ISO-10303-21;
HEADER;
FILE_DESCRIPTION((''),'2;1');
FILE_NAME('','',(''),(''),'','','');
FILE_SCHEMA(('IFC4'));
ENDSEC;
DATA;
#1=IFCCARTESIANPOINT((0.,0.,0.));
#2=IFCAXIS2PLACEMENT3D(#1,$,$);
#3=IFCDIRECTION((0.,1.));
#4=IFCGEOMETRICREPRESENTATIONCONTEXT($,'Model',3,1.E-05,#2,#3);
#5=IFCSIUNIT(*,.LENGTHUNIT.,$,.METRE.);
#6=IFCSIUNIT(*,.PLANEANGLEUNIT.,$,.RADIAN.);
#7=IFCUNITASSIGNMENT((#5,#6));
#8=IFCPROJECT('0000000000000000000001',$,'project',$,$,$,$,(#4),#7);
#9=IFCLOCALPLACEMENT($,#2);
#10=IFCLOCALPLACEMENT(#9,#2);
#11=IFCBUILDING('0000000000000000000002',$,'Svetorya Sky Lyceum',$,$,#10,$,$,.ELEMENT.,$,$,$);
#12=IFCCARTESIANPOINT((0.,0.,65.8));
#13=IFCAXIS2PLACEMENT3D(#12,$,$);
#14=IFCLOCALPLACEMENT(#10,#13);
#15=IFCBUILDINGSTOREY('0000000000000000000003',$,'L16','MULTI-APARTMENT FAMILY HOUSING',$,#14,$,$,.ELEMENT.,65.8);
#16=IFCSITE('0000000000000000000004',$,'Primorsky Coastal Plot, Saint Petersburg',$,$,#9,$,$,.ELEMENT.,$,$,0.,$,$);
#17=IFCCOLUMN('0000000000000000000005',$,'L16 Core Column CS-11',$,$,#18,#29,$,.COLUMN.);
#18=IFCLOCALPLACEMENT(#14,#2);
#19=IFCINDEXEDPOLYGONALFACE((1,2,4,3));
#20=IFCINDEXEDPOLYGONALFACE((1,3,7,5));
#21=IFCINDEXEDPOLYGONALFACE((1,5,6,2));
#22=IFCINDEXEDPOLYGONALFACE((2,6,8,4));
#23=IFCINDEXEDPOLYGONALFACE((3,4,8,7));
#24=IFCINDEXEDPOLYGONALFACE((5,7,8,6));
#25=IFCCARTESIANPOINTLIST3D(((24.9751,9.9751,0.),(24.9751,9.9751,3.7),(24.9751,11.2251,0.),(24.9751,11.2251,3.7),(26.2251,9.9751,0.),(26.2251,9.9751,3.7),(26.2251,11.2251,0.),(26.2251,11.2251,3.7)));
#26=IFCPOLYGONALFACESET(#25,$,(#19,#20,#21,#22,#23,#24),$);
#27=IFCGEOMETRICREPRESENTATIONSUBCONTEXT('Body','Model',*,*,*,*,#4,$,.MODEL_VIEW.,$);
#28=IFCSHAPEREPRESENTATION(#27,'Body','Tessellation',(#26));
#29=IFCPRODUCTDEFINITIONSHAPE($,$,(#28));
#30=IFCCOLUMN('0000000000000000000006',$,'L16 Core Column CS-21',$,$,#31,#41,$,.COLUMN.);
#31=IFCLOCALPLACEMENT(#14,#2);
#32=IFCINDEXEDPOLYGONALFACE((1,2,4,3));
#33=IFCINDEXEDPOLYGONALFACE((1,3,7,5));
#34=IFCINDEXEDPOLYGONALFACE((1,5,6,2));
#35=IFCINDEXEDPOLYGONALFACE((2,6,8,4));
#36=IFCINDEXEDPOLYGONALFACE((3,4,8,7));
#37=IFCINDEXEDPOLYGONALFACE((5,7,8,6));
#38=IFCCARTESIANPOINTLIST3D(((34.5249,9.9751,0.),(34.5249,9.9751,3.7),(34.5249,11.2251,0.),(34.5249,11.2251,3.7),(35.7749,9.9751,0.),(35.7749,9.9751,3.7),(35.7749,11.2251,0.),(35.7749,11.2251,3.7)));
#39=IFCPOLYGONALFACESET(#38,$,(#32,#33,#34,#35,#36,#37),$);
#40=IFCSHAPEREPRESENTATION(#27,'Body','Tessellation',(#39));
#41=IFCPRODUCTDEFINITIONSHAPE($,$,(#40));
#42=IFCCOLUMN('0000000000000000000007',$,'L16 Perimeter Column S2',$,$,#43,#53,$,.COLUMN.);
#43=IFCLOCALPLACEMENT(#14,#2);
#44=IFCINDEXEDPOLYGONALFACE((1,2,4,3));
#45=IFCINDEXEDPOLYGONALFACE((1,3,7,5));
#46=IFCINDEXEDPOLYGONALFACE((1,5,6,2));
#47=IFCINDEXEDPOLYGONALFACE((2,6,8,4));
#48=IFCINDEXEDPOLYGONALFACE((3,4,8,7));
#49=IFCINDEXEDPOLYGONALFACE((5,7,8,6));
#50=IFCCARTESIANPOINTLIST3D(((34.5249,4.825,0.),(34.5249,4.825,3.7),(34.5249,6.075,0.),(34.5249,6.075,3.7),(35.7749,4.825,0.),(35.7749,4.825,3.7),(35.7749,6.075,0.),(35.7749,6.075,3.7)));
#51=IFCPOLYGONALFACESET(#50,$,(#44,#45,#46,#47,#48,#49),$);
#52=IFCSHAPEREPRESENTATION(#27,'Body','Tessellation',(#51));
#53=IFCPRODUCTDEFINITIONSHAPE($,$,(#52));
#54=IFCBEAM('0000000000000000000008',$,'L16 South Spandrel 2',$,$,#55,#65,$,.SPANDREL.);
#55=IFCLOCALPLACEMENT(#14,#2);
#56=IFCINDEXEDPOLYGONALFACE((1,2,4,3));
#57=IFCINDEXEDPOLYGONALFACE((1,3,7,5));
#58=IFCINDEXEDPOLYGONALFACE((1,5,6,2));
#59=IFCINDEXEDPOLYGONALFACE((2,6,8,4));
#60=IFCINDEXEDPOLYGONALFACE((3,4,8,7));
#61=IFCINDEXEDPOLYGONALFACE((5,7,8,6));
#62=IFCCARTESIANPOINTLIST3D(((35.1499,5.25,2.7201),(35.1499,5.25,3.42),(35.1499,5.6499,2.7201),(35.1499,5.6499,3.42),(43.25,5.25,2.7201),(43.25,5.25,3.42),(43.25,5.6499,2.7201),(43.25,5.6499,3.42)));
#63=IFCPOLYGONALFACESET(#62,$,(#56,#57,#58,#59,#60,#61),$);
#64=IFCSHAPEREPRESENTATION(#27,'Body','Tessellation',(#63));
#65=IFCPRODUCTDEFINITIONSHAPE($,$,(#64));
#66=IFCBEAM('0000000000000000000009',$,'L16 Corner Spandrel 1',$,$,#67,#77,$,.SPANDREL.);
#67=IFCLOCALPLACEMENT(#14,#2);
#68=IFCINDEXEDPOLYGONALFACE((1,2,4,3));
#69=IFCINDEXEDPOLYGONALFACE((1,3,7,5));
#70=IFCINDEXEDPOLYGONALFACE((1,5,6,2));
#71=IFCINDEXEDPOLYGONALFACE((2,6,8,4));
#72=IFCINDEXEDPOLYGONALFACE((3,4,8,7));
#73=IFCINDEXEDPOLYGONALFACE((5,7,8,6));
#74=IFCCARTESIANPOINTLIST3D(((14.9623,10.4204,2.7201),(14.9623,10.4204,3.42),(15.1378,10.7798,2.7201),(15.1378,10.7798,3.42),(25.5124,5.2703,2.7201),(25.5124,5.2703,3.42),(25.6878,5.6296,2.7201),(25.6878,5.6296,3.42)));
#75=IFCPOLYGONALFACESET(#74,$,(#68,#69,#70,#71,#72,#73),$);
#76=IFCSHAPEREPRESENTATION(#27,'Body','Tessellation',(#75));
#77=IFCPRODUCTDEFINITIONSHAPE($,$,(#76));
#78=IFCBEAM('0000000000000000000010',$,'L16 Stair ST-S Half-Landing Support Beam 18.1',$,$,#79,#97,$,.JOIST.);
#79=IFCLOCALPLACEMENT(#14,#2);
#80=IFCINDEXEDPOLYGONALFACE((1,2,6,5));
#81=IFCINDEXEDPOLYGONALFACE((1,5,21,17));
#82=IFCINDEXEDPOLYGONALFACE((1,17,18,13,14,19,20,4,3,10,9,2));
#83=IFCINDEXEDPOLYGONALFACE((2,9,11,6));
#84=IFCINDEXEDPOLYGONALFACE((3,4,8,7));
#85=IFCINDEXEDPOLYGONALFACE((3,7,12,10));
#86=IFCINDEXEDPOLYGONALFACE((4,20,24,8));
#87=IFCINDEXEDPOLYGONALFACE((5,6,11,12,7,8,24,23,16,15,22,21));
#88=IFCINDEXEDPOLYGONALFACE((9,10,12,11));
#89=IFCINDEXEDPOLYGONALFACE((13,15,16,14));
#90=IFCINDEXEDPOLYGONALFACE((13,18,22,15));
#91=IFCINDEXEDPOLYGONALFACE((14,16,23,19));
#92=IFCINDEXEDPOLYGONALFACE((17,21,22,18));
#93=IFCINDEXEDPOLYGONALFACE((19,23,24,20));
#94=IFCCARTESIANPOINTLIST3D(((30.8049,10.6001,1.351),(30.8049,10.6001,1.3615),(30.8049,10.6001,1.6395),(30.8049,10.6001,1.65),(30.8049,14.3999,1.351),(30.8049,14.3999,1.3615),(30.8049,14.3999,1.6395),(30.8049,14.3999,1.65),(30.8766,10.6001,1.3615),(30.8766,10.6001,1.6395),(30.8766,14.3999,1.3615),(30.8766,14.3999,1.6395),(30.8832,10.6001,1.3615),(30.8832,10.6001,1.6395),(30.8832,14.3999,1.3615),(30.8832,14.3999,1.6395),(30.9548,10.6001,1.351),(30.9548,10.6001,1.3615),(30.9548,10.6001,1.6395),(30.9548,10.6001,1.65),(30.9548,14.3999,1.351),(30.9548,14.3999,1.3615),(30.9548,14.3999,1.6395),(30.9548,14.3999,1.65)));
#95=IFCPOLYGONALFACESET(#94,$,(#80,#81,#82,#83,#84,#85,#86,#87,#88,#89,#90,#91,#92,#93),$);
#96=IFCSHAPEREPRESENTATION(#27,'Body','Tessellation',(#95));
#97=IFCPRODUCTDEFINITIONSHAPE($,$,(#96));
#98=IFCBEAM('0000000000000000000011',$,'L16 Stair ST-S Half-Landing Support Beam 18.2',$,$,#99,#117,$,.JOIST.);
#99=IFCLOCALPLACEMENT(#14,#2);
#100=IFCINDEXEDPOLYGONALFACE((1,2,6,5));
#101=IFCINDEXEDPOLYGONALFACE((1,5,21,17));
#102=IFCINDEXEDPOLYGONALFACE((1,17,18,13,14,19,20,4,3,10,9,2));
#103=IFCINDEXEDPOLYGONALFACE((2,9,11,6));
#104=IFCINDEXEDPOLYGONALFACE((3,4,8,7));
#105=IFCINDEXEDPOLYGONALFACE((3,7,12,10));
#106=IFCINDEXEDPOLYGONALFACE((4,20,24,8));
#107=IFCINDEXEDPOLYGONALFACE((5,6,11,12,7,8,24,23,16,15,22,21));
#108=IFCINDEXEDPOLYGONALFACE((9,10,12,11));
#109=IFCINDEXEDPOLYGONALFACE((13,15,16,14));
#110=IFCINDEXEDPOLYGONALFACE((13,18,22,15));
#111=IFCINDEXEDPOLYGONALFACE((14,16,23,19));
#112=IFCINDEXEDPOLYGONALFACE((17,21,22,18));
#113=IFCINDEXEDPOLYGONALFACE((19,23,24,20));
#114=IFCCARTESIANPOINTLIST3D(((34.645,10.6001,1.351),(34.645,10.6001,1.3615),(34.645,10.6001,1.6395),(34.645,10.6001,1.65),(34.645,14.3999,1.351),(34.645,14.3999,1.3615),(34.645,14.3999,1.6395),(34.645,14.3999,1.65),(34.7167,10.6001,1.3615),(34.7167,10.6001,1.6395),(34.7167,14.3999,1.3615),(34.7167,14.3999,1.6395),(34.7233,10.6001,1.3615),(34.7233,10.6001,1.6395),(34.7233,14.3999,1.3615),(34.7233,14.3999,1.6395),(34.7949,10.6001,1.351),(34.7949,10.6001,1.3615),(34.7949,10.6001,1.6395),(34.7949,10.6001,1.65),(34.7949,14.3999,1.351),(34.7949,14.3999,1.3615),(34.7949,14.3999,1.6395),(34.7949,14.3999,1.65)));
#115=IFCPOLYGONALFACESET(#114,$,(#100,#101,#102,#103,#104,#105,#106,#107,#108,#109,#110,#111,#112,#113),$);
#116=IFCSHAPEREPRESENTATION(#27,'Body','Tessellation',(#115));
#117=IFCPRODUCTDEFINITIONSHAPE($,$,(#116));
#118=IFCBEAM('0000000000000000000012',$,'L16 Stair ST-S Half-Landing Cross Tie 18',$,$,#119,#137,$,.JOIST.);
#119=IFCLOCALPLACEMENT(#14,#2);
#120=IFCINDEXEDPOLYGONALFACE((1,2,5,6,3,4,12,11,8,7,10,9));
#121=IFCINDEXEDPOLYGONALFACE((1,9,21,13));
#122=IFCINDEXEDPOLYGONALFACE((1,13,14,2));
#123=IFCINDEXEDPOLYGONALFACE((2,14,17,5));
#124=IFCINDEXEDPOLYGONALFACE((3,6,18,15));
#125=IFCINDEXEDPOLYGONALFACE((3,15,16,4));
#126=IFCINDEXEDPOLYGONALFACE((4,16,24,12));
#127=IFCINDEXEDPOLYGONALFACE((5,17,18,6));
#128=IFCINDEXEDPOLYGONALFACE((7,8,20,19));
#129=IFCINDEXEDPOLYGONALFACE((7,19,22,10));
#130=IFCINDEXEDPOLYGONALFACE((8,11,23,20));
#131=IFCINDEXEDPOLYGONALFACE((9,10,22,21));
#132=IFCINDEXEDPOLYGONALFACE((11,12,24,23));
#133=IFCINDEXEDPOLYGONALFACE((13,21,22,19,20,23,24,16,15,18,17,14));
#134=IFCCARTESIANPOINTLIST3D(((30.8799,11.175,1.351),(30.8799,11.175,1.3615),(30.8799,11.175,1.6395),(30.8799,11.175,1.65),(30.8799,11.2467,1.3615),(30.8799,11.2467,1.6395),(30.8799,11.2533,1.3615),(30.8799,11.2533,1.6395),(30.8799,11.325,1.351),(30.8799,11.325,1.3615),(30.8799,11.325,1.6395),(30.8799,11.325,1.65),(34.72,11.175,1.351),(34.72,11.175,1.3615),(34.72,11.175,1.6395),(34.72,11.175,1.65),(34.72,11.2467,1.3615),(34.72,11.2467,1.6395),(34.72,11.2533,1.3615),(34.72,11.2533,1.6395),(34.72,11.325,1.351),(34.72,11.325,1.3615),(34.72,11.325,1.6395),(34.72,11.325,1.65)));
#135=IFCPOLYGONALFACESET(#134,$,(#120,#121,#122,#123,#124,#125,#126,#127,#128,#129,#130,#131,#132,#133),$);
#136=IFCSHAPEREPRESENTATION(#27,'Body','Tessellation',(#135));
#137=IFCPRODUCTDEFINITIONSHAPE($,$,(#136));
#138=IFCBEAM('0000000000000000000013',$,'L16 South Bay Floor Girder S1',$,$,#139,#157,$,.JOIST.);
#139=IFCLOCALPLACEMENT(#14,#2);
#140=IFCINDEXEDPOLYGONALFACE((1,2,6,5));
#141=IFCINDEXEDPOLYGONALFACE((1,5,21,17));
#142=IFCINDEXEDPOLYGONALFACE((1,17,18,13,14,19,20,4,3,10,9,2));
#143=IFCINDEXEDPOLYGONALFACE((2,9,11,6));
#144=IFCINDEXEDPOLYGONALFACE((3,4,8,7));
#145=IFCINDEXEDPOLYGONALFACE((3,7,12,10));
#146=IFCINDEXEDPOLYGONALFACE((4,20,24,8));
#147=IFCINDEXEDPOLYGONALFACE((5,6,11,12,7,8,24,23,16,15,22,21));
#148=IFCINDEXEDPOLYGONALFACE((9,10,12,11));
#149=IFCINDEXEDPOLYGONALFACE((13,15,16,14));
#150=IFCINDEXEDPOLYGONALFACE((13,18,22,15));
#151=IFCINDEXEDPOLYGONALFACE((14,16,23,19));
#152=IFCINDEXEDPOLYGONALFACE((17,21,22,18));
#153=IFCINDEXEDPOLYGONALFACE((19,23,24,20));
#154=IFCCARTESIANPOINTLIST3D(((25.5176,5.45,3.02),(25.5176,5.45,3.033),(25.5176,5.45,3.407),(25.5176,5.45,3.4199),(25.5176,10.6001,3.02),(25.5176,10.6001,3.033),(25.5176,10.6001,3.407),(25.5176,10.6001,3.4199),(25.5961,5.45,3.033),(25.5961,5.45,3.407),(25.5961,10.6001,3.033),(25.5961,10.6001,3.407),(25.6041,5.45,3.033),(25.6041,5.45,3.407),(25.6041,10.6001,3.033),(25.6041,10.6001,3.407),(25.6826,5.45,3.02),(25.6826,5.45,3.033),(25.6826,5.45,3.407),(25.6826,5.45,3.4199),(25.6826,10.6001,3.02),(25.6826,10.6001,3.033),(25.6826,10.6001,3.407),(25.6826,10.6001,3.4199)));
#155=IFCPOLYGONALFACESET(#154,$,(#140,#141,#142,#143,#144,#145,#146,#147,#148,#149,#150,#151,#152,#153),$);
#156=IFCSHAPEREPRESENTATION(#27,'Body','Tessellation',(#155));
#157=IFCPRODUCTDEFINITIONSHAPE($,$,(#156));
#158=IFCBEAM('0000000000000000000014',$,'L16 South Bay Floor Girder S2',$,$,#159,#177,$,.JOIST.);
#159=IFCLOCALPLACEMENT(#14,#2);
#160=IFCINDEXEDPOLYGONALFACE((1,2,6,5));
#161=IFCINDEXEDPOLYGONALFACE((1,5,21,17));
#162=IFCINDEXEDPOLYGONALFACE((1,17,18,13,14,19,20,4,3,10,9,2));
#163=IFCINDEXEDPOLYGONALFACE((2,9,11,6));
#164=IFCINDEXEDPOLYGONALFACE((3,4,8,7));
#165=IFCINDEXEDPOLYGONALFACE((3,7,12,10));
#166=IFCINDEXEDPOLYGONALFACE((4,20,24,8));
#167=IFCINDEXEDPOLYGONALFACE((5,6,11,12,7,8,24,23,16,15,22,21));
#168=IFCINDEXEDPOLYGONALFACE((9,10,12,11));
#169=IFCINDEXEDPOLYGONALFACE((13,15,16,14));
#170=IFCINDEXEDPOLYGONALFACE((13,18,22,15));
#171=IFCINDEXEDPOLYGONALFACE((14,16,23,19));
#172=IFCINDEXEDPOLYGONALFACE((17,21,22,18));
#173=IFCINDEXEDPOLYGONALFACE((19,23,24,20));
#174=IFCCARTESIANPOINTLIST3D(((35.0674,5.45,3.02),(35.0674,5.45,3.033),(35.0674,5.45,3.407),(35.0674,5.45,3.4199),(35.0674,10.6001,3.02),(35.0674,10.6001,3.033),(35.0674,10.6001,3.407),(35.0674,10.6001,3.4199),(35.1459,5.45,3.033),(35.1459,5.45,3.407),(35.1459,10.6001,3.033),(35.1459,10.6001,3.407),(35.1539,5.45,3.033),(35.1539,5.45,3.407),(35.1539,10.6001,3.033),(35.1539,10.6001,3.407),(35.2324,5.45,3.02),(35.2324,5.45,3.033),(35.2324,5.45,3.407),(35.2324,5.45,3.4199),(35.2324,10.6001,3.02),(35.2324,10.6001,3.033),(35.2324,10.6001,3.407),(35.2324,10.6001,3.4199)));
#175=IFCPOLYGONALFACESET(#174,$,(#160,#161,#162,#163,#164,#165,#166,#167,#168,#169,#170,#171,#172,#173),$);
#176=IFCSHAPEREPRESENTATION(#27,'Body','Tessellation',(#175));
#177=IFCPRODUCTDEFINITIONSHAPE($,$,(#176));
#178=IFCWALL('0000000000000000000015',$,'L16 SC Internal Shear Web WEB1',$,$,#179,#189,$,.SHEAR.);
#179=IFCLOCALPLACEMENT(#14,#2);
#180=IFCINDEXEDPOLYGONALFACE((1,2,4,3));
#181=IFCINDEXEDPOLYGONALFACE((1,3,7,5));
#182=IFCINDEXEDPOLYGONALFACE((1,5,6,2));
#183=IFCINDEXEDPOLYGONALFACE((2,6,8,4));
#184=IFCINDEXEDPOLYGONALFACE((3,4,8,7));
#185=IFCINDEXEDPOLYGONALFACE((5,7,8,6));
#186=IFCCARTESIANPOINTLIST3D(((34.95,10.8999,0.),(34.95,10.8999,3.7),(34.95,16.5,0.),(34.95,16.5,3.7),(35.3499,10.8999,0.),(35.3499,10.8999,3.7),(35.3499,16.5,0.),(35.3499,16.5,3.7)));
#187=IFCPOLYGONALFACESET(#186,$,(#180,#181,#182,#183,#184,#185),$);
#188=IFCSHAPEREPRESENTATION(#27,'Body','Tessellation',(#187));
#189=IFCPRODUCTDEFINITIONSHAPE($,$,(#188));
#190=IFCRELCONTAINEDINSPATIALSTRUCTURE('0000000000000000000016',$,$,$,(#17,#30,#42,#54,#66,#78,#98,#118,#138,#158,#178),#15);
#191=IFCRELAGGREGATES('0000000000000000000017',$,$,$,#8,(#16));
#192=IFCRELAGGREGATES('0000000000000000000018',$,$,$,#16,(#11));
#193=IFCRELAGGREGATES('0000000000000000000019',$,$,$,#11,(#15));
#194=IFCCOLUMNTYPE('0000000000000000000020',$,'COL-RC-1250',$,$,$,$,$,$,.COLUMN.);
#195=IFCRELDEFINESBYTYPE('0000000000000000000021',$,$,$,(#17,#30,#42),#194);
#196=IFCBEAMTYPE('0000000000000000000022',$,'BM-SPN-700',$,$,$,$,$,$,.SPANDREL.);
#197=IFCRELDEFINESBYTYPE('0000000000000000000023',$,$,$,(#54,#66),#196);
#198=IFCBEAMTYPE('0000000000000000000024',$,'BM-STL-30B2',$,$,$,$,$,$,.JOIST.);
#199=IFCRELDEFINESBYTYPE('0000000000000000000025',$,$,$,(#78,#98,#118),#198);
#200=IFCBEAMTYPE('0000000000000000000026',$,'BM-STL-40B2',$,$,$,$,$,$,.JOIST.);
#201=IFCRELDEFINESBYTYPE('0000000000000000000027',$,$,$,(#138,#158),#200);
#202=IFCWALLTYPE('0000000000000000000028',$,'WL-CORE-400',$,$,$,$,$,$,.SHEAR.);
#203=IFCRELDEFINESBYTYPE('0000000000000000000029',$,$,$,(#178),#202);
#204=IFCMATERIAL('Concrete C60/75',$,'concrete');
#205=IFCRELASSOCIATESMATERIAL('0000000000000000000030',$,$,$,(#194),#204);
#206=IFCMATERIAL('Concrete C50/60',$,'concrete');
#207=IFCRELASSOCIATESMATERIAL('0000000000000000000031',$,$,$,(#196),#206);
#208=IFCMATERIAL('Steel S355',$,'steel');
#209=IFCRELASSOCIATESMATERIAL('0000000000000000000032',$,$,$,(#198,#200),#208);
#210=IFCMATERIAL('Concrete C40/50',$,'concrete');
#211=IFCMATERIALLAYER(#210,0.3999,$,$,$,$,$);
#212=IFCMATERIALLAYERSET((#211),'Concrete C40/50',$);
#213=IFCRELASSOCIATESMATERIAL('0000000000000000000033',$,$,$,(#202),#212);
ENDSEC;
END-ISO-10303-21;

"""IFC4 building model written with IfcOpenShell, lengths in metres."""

from ifc_helpers import new_model, si_unit, direction, frame, frame_2d, origin, origin_2d, place, context, subcontext, project, spatial, rectangle, i_section, extrude, material, layer, layer_set, material_profile, profile_set, type_object, element, save


model = new_model("IFC4")

# Units and contexts
model_context = context("Model", 3, precision=1e-05, world=origin(), true_north=direction((0.0, 1.0)))
body_context = subcontext(model_context, "Body", "Model", "MODEL_VIEW")
ifc_project = project(units=[si_unit("LENGTHUNIT", "METRE"), si_unit("PLANEANGLEUNIT", "RADIAN")], contexts=[model_context])

# Site, building, storey
site_placement = place(None, origin())
site = spatial("IfcSite", under=ifc_project, at=site_placement, Name="Primorsky Coastal Plot, Saint Petersburg", CompositionType="ELEMENT", RefElevation=0.0)
building_placement = place(site_placement, origin())
building = spatial("IfcBuilding", under=site, at=building_placement, Name="Svetorya Sky Lyceum", CompositionType="ELEMENT")
storey_placement = place(building_placement, frame((0.0, 0.0, 65.8)))
storey = spatial("IfcBuildingStorey", under=building, at=storey_placement, Name="L16", Description="MULTI-APARTMENT FAMILY HOUSING", CompositionType="ELEMENT", Elevation=65.8)

# Columns
ifc_material_1 = material(Name="Concrete C60/75", Category="concrete")
ifc_material_profile_1 = material_profile(ifc_material_1, rectangle(XDim=1.25, YDim=1.25, at=origin_2d()), Name="RC COL 1250x1250")
ifc_profile_set_1 = profile_set([ifc_material_profile_1], Name="Concrete C60/75")
column_type = type_object("IfcColumnType", Name="COL-RC-1250", PredefinedType="COLUMN", material=ifc_profile_set_1)
for number, where, z_axis, x_axis, name in (
    (1, (25.6001, 10.6001, 0.0), (0.0, 0.0, 1.0), (1.0, 0.0, 0.0), "L16 Core Column CS-11"),
    (2, (35.1499, 10.6001, 0.0), (0.0, 0.0, 1.0), (1.0, 0.0, 0.0), "L16 Core Column CS-21"),
    (3, (35.1499, 5.45, 0.0), (0.0, 0.0, 1.0), (1.0, 0.0, 0.0), "L16 Perimeter Column S2"),
):
    element("IfcColumn", number, at=place(storey_placement, frame(where, z_axis=z_axis, x_axis=x_axis)), inside=storey, type_object=column_type, Name=name, PredefinedType="COLUMN", context=body_context, shape_type="SweptSolid", body=[
        extrude(rectangle(XDim=1.25, YDim=1.25, at=origin_2d()), origin(), (0.0, 0.0, 1.0), 3.7),
    ])

# Beams
ifc_material_2 = material(Name="Concrete C50/60", Category="concrete")
ifc_material_profile_2 = material_profile(ifc_material_2, rectangle(XDim=0.3999, YDim=0.7, at=origin_2d()), Name="RC SPANDREL 400x700")
ifc_profile_set_2 = profile_set([ifc_material_profile_2], Name="Concrete C50/60")
beam_type_1 = type_object("IfcBeamType", Name="BM-SPN-700", PredefinedType="SPANDREL", material=ifc_profile_set_2)
beam_1_placement = place(storey_placement, frame((35.1499, 5.45, 3.0701), z_axis=(1.0, 0.0, 0.0), x_axis=(0.0, 1.0, 0.0)))
element("IfcBeam", 4, at=beam_1_placement, inside=storey, type_object=beam_type_1, Name="L16 South Spandrel 2", PredefinedType="SPANDREL", context=body_context, shape_type="SweptSolid", body=[
    extrude(rectangle(XDim=0.3999, YDim=0.7, at=origin_2d()), origin(), (0.0, 0.0, 1.0), 8.1001),
])
beam_2_placement = place(storey_placement, frame((25.6001, 5.45, 3.0701), z_axis=(-0.898641, 0.438684, 0.0), x_axis=(-0.438684, -0.898641, 0.0)))
element("IfcBeam", 5, at=beam_2_placement, inside=storey, type_object=beam_type_1, Name="L16 Corner Spandrel 1", PredefinedType="SPANDREL", context=body_context, shape_type="SweptSolid", body=[
    extrude(rectangle(XDim=0.3999, YDim=0.7, at=origin_2d()), origin(), (0.0, 0.0, 1.0), 11.74),
])
ifc_material_3 = material(Name="Steel S355", Category="steel")
ifc_material_profile_3 = material_profile(ifc_material_3, i_section(OverallWidth=0.1499, OverallDepth=0.2991, WebThickness=0.0066, FlangeThickness=0.0105, at=origin_2d()), Name="GOST 30B2")
ifc_profile_set_3 = profile_set([ifc_material_profile_3], Name="Steel S355")
beam_type_2 = type_object("IfcBeamType", Name="BM-STL-30B2", PredefinedType="JOIST", material=ifc_profile_set_3)
for number, where, z_axis, x_axis, name in (
    (6, (30.8799, 10.6001, 1.5005), (0.0, 1.0, 0.0), (-1.0, 0.0, 0.0), "L16 Stair ST-S Half-Landing Support Beam 18.1"),
    (7, (34.72, 10.6001, 1.5005), (0.0, 1.0, 0.0), (-1.0, 0.0, 0.0), "L16 Stair ST-S Half-Landing Support Beam 18.2"),
):
    element("IfcBeam", number, at=place(storey_placement, frame(where, z_axis=z_axis, x_axis=x_axis)), inside=storey, type_object=beam_type_2, Name=name, PredefinedType="JOIST", context=body_context, shape_type="SweptSolid", body=[
        extrude(i_section(OverallWidth=0.1499, OverallDepth=0.2991, WebThickness=0.0066, FlangeThickness=0.0105, at=origin_2d()), origin(), (0.0, 0.0, 1.0), 3.7998),
    ])
beam_3_placement = place(storey_placement, frame((30.8799, 11.25, 1.5005), z_axis=(1.0, 0.0, 0.0), x_axis=(0.0, 1.0, 0.0)))
element("IfcBeam", 8, at=beam_3_placement, inside=storey, type_object=beam_type_2, Name="L16 Stair ST-S Half-Landing Cross Tie 18", PredefinedType="JOIST", context=body_context, shape_type="SweptSolid", body=[
    extrude(i_section(OverallWidth=0.1499, OverallDepth=0.2991, WebThickness=0.0066, FlangeThickness=0.0105, at=origin_2d()), origin(), (0.0, 0.0, 1.0), 3.8401),
])
ifc_material_profile_4 = material_profile(ifc_material_3, i_section(OverallWidth=0.165, OverallDepth=0.3999, WebThickness=0.0081, FlangeThickness=0.0129, at=origin_2d()), Name="GOST 40B2")
ifc_profile_set_4 = profile_set([ifc_material_profile_4], Name="Steel S355")
beam_type_3 = type_object("IfcBeamType", Name="BM-STL-40B2", PredefinedType="JOIST", material=ifc_profile_set_4)
for number, where, z_axis, x_axis, name in (
    (9, (25.6001, 5.45, 3.22), (0.0, 1.0, 0.0), (-1.0, 0.0, 0.0), "L16 South Bay Floor Girder S1"),
    (10, (35.1499, 5.45, 3.22), (0.0, 1.0, 0.0), (-1.0, 0.0, 0.0), "L16 South Bay Floor Girder S2"),
):
    element("IfcBeam", number, at=place(storey_placement, frame(where, z_axis=z_axis, x_axis=x_axis)), inside=storey, type_object=beam_type_3, Name=name, PredefinedType="JOIST", context=body_context, shape_type="SweptSolid", body=[
        extrude(i_section(OverallWidth=0.165, OverallDepth=0.3999, WebThickness=0.0081, FlangeThickness=0.0129, at=origin_2d()), origin(), (0.0, 0.0, 1.0), 5.1501),
    ])

# Wall
ifc_material_4 = material(Name="Concrete C40/50", Category="concrete")
ifc_layer_1 = layer(ifc_material_4, 0.3999)
ifc_layer_set_1 = layer_set([ifc_layer_1], Name="Concrete C40/50")
wall_type_1 = type_object("IfcWallType", Name="WL-CORE-400", PredefinedType="SHEAR", material=ifc_layer_set_1)
wall_1_placement = place(storey_placement, frame((35.1499, 10.8999, 0.0), z_axis=(0.0, 0.0, 1.0), x_axis=(0.0, 1.0, 0.0)))
element("IfcWall", 11, at=wall_1_placement, inside=storey, type_object=wall_type_1, Name="L16 SC Internal Shear Web WEB1", PredefinedType="SHEAR", context=body_context, shape_type="SweptSolid", body=[
    extrude(rectangle(XDim=5.6001, YDim=0.3999, at=frame_2d((2.8, 0.0))), origin(), (0.0, 0.0, 1.0), 3.7),
])

save(model, "model.ifc")
